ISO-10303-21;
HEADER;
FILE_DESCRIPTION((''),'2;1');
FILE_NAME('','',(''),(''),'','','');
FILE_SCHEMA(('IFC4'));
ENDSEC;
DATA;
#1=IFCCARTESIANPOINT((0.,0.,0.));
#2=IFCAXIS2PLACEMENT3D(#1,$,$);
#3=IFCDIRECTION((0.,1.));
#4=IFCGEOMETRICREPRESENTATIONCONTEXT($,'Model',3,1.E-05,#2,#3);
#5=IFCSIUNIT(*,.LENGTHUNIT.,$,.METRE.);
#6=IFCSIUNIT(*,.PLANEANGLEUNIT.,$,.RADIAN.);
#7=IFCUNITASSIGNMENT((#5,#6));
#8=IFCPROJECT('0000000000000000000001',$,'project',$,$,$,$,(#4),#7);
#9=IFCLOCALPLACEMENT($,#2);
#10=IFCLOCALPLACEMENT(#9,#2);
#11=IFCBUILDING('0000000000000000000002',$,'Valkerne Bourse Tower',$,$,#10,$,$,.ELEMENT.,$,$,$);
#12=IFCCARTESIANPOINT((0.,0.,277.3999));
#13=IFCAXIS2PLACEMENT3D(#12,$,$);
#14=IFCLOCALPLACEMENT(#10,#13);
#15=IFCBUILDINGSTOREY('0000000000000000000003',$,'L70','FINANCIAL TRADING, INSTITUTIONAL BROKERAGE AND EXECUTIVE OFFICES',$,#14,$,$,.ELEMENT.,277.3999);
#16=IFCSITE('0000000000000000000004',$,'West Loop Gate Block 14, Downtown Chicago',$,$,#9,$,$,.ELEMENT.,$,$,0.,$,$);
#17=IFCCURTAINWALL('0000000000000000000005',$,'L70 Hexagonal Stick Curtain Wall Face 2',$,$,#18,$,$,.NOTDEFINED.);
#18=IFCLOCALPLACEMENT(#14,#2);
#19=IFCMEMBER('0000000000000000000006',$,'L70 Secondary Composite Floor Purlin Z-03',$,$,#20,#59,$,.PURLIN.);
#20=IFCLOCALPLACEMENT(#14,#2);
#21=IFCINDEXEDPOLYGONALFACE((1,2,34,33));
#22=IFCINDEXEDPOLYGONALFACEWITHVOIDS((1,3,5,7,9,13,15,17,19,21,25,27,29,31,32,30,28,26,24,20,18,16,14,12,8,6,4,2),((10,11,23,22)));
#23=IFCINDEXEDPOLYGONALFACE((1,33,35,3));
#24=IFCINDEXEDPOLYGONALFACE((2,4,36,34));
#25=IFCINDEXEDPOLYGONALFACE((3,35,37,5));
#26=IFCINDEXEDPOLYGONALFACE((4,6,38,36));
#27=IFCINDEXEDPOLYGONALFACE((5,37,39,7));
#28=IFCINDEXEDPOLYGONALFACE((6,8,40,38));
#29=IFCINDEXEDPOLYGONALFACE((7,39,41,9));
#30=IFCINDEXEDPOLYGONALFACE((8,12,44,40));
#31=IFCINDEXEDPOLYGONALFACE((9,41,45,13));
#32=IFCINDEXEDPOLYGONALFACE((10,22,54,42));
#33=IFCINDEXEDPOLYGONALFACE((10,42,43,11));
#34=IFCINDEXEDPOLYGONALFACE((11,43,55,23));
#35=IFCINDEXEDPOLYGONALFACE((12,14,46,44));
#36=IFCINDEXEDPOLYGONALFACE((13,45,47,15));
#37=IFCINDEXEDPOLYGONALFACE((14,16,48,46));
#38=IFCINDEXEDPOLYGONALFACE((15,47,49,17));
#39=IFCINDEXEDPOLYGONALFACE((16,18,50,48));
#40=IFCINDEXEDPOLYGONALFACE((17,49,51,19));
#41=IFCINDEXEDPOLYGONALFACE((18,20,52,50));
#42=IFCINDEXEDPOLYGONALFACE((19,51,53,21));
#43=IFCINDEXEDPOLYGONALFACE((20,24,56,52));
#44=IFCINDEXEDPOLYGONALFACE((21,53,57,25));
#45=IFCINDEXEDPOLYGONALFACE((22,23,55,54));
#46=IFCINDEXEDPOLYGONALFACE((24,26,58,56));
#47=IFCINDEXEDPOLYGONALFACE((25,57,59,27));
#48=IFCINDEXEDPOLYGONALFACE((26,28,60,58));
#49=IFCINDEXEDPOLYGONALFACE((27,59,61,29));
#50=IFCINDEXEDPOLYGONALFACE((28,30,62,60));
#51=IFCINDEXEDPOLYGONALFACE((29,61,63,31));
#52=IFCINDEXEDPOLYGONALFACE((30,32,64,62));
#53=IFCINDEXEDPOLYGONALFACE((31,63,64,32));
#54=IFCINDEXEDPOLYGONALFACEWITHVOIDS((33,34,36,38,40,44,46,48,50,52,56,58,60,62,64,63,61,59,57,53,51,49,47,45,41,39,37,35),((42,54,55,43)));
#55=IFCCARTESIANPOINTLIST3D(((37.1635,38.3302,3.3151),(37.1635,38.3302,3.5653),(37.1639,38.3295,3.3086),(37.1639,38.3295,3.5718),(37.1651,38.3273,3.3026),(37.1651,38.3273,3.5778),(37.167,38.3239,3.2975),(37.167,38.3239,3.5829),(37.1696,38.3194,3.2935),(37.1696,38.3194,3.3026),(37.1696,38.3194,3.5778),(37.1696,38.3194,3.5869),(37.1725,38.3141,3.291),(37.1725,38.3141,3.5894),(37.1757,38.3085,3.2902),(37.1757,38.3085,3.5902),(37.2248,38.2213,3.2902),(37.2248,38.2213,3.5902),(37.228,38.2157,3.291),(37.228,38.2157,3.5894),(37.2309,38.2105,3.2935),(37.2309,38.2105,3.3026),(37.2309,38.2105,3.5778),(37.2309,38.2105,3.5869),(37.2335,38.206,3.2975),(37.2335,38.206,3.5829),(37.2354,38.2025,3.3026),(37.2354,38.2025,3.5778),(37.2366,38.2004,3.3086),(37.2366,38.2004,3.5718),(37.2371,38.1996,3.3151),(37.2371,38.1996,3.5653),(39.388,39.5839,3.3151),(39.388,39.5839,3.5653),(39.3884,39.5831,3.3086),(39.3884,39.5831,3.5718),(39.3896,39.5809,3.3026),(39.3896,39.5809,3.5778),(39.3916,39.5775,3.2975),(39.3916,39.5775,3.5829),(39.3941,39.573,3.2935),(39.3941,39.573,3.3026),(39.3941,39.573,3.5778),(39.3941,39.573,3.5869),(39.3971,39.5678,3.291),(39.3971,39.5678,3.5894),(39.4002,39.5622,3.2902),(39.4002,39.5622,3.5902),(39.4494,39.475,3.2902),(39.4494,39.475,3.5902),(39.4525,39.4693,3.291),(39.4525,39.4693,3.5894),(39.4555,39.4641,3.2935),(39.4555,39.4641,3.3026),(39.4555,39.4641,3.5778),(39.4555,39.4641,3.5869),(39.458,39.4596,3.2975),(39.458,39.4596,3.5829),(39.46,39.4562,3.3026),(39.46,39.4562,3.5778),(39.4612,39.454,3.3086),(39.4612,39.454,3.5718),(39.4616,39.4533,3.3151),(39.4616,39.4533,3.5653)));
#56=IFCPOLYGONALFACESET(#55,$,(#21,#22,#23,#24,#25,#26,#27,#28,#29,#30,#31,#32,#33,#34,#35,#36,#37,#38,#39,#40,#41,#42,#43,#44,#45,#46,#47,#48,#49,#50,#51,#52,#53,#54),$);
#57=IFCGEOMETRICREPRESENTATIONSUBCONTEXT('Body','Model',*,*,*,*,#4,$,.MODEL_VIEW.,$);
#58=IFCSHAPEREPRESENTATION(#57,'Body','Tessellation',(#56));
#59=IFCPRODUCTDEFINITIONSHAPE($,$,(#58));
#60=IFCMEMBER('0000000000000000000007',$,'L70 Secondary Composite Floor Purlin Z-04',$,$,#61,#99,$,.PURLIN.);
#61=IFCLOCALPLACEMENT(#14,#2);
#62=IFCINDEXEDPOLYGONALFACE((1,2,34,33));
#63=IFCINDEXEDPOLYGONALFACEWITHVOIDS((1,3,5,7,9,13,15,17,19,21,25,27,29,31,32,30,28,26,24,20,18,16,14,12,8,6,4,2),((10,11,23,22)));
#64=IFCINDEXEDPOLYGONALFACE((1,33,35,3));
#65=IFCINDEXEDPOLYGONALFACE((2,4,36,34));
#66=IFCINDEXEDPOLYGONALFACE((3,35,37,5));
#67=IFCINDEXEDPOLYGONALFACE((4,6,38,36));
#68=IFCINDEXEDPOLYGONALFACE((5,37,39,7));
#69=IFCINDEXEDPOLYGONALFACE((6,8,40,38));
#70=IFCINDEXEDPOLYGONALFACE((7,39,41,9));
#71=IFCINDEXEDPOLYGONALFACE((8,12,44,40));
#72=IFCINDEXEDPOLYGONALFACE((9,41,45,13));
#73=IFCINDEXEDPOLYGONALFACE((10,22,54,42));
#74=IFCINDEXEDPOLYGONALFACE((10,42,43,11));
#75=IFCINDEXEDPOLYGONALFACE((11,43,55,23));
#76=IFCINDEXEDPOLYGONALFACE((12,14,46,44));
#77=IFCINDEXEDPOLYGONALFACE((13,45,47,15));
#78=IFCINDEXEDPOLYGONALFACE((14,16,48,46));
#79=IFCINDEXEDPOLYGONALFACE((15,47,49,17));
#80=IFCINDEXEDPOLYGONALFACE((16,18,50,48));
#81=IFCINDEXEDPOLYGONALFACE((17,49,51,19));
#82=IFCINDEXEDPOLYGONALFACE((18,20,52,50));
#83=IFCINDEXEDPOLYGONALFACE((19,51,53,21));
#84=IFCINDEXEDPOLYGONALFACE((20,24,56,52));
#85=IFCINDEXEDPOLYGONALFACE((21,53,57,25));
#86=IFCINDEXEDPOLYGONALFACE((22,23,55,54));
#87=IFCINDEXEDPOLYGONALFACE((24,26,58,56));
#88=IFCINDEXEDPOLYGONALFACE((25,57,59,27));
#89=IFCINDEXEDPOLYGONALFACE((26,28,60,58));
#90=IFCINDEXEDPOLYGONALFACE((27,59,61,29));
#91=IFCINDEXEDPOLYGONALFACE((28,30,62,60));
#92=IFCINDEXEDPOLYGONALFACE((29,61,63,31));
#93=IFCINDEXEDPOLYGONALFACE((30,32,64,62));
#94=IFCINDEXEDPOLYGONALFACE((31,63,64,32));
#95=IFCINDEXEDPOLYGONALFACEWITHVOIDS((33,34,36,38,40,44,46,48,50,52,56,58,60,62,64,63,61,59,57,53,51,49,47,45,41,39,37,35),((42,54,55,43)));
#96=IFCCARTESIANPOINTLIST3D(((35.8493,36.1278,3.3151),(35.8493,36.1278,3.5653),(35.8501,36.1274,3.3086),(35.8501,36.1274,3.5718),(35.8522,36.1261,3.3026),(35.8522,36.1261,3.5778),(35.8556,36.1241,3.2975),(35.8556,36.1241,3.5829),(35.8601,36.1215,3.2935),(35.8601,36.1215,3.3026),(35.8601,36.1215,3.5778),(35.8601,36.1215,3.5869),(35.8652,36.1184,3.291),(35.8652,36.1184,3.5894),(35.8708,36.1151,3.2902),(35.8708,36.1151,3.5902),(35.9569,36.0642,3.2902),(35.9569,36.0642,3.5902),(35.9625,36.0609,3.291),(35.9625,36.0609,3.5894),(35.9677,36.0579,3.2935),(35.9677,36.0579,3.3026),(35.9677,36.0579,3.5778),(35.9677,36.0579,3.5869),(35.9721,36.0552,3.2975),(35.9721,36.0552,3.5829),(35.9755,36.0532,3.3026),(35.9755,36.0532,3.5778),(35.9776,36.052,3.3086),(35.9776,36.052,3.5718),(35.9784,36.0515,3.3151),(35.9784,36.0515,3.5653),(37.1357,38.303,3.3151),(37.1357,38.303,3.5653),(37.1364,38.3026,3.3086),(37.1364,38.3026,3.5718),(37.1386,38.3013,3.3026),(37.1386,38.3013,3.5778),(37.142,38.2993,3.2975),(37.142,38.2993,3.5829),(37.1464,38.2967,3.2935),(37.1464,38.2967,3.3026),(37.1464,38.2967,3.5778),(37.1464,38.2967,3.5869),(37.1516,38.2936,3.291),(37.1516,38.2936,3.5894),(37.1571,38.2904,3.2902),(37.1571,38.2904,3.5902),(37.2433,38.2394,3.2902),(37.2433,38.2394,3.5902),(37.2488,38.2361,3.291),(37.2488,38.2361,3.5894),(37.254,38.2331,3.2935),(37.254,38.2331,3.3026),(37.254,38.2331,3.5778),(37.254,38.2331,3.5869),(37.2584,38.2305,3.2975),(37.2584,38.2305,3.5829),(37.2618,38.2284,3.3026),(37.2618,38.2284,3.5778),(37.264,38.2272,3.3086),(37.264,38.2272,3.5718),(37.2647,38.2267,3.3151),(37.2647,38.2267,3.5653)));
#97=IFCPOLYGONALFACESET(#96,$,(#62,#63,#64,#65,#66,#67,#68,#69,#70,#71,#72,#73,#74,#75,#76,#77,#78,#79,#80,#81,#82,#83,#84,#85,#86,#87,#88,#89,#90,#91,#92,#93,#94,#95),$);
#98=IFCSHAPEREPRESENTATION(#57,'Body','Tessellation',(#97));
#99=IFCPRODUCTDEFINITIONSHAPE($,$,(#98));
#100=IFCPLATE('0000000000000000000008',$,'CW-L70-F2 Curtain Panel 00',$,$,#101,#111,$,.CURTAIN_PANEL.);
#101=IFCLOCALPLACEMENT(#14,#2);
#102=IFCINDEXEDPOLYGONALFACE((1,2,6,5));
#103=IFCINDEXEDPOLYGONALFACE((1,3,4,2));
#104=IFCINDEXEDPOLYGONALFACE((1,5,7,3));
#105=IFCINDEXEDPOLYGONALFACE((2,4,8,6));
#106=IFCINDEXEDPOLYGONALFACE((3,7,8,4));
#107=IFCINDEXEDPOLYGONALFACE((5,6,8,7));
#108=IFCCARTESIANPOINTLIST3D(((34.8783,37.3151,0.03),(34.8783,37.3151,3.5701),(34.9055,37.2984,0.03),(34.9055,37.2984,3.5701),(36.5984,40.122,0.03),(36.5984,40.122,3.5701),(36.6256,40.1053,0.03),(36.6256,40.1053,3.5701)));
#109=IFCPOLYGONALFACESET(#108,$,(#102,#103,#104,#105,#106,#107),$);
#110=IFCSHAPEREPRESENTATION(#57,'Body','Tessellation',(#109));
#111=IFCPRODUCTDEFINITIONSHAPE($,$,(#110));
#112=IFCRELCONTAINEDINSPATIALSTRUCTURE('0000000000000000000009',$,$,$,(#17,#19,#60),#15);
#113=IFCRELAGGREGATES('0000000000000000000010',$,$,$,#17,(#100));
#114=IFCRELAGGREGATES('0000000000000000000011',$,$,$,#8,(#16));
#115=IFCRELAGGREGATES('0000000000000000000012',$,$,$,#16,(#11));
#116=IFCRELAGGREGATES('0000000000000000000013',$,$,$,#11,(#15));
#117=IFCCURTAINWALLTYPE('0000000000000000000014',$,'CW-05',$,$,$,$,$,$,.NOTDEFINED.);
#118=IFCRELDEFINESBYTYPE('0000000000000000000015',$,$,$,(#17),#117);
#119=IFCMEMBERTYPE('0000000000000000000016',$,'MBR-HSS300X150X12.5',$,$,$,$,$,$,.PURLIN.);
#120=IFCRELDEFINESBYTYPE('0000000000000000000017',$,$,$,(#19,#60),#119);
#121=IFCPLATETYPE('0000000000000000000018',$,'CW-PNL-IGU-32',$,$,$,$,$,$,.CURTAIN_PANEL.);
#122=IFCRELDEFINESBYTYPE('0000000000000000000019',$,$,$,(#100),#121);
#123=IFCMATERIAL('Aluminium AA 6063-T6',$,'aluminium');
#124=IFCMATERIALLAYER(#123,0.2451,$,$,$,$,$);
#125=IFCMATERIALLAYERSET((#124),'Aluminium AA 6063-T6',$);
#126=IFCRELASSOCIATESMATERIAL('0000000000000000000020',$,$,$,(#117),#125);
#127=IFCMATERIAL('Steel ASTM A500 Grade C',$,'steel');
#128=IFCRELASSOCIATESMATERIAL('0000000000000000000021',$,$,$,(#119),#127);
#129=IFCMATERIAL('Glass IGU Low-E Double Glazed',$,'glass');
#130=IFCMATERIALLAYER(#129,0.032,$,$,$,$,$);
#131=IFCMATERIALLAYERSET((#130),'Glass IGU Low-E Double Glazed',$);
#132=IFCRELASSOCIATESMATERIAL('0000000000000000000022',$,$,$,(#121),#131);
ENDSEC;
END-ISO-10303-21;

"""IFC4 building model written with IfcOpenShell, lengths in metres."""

from ifc_helpers import new_model, si_unit, direction, frame, origin, origin_2d, place, context, subcontext, project, spatial, rectangle, hollow_rectangle, extrude, material, layer, layer_set, material_profile, profile_set, type_object, element, aggregate, save


model = new_model("IFC4")

# Units and contexts
model_context = context("Model", 3, precision=1e-05, world=origin(), true_north=direction((0.0, 1.0)))
body_context = subcontext(model_context, "Body", "Model", "MODEL_VIEW")
ifc_project = project(units=[si_unit("LENGTHUNIT", "METRE"), si_unit("PLANEANGLEUNIT", "RADIAN")], contexts=[model_context])

# Site, building, storey
site_placement = place(None, origin())
site = spatial("IfcSite", under=ifc_project, at=site_placement, Name="West Loop Gate Block 14, Downtown Chicago", CompositionType="ELEMENT", RefElevation=0.0)
building_placement = place(site_placement, origin())
building = spatial("IfcBuilding", under=site, at=building_placement, Name="Valkerne Bourse Tower", CompositionType="ELEMENT")
storey_placement = place(building_placement, frame((0.0, 0.0, 277.3999)))
storey = spatial("IfcBuildingStorey", under=building, at=storey_placement, Name="L70", Description="FINANCIAL TRADING, INSTITUTIONAL BROKERAGE AND EXECUTIVE OFFICES", CompositionType="ELEMENT", Elevation=277.3999)

# Curtain wall
ifc_material_1 = material(Name="Aluminium AA 6063-T6", Category="aluminium")
ifc_layer_1 = layer(ifc_material_1, 0.2451)
ifc_layer_set_1 = layer_set([ifc_layer_1], Name="Aluminium AA 6063-T6")
curtain_wall_type = type_object("IfcCurtainWallType", Name="CW-05", PredefinedType="NOTDEFINED", material=ifc_layer_set_1)
curtain_wall_placement = place(storey_placement, origin())
curtain_wall = element("IfcCurtainWall", 1, at=curtain_wall_placement, inside=storey, type_object=curtain_wall_type, Name="L70 Hexagonal Stick Curtain Wall Face 2", PredefinedType="NOTDEFINED")

# Members
ifc_material_2 = material(Name="Steel ASTM A500 Grade C", Category="steel")
ifc_material_profile_1 = material_profile(ifc_material_2, hollow_rectangle(XDim=0.1499, YDim=0.3, WallThickness=0.0125, OuterFilletRadius=0.0249, at=origin_2d()), Name="HSS300X150X12.5")
ifc_profile_set_1 = profile_set([ifc_material_profile_1], Name="Steel ASTM A500 Grade C")
member_type_1 = type_object("IfcMemberType", Name="MBR-HSS300X150X12.5", PredefinedType="PURLIN", material=ifc_profile_set_1)
member_1_placement = place(storey_placement, frame((39.4248, 39.5186, 3.4402), z_axis=(-0.871187, -0.490951, 0.0), x_axis=(0.490951, -0.871187, 0.0)))
element("IfcMember", 2, at=member_1_placement, inside=storey, type_object=member_type_1, Name="L70 Secondary Composite Floor Purlin Z-03", PredefinedType="PURLIN", context=body_context, shape_type="SweptSolid", body=[
    extrude(hollow_rectangle(XDim=0.1499, YDim=0.3, WallThickness=0.0125, OuterFilletRadius=0.0249, at=origin_2d()), origin(), (0.0, 0.0, 1.0), 2.5535),
])
member_2_placement = place(storey_placement, frame((37.2002, 38.2649, 3.4402), z_axis=(-0.509016, -0.860757, 0.0), x_axis=(0.860757, -0.509016, 0.0)))
element("IfcMember", 3, at=member_2_placement, inside=storey, type_object=member_type_1, Name="L70 Secondary Composite Floor Purlin Z-04", PredefinedType="PURLIN", context=body_context, shape_type="SweptSolid", body=[
    extrude(hollow_rectangle(XDim=0.1499, YDim=0.3, WallThickness=0.0125, OuterFilletRadius=0.0249, at=origin_2d()), origin(), (0.0, 0.0, 1.0), 2.5271),
])

# Plate
ifc_material_3 = material(Name="Glass IGU Low-E Double Glazed", Category="glass")
ifc_layer_2 = layer(ifc_material_3, 0.032)
ifc_layer_set_2 = layer_set([ifc_layer_2], Name="Glass IGU Low-E Double Glazed")
plate_type = type_object("IfcPlateType", Name="CW-PNL-IGU-32", PredefinedType="CURTAIN_PANEL", material=ifc_layer_set_2)
plate_placement = place(storey_placement, frame((35.752, 38.7102, 0.03), z_axis=(0.0, 0.0, 1.0), x_axis=(-0.522507, -0.852635, 0.0)))
plate = element("IfcPlate", 4, at=plate_placement, type_object=plate_type, Name="CW-L70-F2 Curtain Panel 00", PredefinedType="CURTAIN_PANEL", context=body_context, shape_type="SweptSolid", body=[
    extrude(rectangle(XDim=3.292, YDim=0.032, at=origin_2d()), origin(), (0.0, 0.0, 1.0), 3.54),
])
aggregate(curtain_wall, [plate])

save(model, "model.ifc")
